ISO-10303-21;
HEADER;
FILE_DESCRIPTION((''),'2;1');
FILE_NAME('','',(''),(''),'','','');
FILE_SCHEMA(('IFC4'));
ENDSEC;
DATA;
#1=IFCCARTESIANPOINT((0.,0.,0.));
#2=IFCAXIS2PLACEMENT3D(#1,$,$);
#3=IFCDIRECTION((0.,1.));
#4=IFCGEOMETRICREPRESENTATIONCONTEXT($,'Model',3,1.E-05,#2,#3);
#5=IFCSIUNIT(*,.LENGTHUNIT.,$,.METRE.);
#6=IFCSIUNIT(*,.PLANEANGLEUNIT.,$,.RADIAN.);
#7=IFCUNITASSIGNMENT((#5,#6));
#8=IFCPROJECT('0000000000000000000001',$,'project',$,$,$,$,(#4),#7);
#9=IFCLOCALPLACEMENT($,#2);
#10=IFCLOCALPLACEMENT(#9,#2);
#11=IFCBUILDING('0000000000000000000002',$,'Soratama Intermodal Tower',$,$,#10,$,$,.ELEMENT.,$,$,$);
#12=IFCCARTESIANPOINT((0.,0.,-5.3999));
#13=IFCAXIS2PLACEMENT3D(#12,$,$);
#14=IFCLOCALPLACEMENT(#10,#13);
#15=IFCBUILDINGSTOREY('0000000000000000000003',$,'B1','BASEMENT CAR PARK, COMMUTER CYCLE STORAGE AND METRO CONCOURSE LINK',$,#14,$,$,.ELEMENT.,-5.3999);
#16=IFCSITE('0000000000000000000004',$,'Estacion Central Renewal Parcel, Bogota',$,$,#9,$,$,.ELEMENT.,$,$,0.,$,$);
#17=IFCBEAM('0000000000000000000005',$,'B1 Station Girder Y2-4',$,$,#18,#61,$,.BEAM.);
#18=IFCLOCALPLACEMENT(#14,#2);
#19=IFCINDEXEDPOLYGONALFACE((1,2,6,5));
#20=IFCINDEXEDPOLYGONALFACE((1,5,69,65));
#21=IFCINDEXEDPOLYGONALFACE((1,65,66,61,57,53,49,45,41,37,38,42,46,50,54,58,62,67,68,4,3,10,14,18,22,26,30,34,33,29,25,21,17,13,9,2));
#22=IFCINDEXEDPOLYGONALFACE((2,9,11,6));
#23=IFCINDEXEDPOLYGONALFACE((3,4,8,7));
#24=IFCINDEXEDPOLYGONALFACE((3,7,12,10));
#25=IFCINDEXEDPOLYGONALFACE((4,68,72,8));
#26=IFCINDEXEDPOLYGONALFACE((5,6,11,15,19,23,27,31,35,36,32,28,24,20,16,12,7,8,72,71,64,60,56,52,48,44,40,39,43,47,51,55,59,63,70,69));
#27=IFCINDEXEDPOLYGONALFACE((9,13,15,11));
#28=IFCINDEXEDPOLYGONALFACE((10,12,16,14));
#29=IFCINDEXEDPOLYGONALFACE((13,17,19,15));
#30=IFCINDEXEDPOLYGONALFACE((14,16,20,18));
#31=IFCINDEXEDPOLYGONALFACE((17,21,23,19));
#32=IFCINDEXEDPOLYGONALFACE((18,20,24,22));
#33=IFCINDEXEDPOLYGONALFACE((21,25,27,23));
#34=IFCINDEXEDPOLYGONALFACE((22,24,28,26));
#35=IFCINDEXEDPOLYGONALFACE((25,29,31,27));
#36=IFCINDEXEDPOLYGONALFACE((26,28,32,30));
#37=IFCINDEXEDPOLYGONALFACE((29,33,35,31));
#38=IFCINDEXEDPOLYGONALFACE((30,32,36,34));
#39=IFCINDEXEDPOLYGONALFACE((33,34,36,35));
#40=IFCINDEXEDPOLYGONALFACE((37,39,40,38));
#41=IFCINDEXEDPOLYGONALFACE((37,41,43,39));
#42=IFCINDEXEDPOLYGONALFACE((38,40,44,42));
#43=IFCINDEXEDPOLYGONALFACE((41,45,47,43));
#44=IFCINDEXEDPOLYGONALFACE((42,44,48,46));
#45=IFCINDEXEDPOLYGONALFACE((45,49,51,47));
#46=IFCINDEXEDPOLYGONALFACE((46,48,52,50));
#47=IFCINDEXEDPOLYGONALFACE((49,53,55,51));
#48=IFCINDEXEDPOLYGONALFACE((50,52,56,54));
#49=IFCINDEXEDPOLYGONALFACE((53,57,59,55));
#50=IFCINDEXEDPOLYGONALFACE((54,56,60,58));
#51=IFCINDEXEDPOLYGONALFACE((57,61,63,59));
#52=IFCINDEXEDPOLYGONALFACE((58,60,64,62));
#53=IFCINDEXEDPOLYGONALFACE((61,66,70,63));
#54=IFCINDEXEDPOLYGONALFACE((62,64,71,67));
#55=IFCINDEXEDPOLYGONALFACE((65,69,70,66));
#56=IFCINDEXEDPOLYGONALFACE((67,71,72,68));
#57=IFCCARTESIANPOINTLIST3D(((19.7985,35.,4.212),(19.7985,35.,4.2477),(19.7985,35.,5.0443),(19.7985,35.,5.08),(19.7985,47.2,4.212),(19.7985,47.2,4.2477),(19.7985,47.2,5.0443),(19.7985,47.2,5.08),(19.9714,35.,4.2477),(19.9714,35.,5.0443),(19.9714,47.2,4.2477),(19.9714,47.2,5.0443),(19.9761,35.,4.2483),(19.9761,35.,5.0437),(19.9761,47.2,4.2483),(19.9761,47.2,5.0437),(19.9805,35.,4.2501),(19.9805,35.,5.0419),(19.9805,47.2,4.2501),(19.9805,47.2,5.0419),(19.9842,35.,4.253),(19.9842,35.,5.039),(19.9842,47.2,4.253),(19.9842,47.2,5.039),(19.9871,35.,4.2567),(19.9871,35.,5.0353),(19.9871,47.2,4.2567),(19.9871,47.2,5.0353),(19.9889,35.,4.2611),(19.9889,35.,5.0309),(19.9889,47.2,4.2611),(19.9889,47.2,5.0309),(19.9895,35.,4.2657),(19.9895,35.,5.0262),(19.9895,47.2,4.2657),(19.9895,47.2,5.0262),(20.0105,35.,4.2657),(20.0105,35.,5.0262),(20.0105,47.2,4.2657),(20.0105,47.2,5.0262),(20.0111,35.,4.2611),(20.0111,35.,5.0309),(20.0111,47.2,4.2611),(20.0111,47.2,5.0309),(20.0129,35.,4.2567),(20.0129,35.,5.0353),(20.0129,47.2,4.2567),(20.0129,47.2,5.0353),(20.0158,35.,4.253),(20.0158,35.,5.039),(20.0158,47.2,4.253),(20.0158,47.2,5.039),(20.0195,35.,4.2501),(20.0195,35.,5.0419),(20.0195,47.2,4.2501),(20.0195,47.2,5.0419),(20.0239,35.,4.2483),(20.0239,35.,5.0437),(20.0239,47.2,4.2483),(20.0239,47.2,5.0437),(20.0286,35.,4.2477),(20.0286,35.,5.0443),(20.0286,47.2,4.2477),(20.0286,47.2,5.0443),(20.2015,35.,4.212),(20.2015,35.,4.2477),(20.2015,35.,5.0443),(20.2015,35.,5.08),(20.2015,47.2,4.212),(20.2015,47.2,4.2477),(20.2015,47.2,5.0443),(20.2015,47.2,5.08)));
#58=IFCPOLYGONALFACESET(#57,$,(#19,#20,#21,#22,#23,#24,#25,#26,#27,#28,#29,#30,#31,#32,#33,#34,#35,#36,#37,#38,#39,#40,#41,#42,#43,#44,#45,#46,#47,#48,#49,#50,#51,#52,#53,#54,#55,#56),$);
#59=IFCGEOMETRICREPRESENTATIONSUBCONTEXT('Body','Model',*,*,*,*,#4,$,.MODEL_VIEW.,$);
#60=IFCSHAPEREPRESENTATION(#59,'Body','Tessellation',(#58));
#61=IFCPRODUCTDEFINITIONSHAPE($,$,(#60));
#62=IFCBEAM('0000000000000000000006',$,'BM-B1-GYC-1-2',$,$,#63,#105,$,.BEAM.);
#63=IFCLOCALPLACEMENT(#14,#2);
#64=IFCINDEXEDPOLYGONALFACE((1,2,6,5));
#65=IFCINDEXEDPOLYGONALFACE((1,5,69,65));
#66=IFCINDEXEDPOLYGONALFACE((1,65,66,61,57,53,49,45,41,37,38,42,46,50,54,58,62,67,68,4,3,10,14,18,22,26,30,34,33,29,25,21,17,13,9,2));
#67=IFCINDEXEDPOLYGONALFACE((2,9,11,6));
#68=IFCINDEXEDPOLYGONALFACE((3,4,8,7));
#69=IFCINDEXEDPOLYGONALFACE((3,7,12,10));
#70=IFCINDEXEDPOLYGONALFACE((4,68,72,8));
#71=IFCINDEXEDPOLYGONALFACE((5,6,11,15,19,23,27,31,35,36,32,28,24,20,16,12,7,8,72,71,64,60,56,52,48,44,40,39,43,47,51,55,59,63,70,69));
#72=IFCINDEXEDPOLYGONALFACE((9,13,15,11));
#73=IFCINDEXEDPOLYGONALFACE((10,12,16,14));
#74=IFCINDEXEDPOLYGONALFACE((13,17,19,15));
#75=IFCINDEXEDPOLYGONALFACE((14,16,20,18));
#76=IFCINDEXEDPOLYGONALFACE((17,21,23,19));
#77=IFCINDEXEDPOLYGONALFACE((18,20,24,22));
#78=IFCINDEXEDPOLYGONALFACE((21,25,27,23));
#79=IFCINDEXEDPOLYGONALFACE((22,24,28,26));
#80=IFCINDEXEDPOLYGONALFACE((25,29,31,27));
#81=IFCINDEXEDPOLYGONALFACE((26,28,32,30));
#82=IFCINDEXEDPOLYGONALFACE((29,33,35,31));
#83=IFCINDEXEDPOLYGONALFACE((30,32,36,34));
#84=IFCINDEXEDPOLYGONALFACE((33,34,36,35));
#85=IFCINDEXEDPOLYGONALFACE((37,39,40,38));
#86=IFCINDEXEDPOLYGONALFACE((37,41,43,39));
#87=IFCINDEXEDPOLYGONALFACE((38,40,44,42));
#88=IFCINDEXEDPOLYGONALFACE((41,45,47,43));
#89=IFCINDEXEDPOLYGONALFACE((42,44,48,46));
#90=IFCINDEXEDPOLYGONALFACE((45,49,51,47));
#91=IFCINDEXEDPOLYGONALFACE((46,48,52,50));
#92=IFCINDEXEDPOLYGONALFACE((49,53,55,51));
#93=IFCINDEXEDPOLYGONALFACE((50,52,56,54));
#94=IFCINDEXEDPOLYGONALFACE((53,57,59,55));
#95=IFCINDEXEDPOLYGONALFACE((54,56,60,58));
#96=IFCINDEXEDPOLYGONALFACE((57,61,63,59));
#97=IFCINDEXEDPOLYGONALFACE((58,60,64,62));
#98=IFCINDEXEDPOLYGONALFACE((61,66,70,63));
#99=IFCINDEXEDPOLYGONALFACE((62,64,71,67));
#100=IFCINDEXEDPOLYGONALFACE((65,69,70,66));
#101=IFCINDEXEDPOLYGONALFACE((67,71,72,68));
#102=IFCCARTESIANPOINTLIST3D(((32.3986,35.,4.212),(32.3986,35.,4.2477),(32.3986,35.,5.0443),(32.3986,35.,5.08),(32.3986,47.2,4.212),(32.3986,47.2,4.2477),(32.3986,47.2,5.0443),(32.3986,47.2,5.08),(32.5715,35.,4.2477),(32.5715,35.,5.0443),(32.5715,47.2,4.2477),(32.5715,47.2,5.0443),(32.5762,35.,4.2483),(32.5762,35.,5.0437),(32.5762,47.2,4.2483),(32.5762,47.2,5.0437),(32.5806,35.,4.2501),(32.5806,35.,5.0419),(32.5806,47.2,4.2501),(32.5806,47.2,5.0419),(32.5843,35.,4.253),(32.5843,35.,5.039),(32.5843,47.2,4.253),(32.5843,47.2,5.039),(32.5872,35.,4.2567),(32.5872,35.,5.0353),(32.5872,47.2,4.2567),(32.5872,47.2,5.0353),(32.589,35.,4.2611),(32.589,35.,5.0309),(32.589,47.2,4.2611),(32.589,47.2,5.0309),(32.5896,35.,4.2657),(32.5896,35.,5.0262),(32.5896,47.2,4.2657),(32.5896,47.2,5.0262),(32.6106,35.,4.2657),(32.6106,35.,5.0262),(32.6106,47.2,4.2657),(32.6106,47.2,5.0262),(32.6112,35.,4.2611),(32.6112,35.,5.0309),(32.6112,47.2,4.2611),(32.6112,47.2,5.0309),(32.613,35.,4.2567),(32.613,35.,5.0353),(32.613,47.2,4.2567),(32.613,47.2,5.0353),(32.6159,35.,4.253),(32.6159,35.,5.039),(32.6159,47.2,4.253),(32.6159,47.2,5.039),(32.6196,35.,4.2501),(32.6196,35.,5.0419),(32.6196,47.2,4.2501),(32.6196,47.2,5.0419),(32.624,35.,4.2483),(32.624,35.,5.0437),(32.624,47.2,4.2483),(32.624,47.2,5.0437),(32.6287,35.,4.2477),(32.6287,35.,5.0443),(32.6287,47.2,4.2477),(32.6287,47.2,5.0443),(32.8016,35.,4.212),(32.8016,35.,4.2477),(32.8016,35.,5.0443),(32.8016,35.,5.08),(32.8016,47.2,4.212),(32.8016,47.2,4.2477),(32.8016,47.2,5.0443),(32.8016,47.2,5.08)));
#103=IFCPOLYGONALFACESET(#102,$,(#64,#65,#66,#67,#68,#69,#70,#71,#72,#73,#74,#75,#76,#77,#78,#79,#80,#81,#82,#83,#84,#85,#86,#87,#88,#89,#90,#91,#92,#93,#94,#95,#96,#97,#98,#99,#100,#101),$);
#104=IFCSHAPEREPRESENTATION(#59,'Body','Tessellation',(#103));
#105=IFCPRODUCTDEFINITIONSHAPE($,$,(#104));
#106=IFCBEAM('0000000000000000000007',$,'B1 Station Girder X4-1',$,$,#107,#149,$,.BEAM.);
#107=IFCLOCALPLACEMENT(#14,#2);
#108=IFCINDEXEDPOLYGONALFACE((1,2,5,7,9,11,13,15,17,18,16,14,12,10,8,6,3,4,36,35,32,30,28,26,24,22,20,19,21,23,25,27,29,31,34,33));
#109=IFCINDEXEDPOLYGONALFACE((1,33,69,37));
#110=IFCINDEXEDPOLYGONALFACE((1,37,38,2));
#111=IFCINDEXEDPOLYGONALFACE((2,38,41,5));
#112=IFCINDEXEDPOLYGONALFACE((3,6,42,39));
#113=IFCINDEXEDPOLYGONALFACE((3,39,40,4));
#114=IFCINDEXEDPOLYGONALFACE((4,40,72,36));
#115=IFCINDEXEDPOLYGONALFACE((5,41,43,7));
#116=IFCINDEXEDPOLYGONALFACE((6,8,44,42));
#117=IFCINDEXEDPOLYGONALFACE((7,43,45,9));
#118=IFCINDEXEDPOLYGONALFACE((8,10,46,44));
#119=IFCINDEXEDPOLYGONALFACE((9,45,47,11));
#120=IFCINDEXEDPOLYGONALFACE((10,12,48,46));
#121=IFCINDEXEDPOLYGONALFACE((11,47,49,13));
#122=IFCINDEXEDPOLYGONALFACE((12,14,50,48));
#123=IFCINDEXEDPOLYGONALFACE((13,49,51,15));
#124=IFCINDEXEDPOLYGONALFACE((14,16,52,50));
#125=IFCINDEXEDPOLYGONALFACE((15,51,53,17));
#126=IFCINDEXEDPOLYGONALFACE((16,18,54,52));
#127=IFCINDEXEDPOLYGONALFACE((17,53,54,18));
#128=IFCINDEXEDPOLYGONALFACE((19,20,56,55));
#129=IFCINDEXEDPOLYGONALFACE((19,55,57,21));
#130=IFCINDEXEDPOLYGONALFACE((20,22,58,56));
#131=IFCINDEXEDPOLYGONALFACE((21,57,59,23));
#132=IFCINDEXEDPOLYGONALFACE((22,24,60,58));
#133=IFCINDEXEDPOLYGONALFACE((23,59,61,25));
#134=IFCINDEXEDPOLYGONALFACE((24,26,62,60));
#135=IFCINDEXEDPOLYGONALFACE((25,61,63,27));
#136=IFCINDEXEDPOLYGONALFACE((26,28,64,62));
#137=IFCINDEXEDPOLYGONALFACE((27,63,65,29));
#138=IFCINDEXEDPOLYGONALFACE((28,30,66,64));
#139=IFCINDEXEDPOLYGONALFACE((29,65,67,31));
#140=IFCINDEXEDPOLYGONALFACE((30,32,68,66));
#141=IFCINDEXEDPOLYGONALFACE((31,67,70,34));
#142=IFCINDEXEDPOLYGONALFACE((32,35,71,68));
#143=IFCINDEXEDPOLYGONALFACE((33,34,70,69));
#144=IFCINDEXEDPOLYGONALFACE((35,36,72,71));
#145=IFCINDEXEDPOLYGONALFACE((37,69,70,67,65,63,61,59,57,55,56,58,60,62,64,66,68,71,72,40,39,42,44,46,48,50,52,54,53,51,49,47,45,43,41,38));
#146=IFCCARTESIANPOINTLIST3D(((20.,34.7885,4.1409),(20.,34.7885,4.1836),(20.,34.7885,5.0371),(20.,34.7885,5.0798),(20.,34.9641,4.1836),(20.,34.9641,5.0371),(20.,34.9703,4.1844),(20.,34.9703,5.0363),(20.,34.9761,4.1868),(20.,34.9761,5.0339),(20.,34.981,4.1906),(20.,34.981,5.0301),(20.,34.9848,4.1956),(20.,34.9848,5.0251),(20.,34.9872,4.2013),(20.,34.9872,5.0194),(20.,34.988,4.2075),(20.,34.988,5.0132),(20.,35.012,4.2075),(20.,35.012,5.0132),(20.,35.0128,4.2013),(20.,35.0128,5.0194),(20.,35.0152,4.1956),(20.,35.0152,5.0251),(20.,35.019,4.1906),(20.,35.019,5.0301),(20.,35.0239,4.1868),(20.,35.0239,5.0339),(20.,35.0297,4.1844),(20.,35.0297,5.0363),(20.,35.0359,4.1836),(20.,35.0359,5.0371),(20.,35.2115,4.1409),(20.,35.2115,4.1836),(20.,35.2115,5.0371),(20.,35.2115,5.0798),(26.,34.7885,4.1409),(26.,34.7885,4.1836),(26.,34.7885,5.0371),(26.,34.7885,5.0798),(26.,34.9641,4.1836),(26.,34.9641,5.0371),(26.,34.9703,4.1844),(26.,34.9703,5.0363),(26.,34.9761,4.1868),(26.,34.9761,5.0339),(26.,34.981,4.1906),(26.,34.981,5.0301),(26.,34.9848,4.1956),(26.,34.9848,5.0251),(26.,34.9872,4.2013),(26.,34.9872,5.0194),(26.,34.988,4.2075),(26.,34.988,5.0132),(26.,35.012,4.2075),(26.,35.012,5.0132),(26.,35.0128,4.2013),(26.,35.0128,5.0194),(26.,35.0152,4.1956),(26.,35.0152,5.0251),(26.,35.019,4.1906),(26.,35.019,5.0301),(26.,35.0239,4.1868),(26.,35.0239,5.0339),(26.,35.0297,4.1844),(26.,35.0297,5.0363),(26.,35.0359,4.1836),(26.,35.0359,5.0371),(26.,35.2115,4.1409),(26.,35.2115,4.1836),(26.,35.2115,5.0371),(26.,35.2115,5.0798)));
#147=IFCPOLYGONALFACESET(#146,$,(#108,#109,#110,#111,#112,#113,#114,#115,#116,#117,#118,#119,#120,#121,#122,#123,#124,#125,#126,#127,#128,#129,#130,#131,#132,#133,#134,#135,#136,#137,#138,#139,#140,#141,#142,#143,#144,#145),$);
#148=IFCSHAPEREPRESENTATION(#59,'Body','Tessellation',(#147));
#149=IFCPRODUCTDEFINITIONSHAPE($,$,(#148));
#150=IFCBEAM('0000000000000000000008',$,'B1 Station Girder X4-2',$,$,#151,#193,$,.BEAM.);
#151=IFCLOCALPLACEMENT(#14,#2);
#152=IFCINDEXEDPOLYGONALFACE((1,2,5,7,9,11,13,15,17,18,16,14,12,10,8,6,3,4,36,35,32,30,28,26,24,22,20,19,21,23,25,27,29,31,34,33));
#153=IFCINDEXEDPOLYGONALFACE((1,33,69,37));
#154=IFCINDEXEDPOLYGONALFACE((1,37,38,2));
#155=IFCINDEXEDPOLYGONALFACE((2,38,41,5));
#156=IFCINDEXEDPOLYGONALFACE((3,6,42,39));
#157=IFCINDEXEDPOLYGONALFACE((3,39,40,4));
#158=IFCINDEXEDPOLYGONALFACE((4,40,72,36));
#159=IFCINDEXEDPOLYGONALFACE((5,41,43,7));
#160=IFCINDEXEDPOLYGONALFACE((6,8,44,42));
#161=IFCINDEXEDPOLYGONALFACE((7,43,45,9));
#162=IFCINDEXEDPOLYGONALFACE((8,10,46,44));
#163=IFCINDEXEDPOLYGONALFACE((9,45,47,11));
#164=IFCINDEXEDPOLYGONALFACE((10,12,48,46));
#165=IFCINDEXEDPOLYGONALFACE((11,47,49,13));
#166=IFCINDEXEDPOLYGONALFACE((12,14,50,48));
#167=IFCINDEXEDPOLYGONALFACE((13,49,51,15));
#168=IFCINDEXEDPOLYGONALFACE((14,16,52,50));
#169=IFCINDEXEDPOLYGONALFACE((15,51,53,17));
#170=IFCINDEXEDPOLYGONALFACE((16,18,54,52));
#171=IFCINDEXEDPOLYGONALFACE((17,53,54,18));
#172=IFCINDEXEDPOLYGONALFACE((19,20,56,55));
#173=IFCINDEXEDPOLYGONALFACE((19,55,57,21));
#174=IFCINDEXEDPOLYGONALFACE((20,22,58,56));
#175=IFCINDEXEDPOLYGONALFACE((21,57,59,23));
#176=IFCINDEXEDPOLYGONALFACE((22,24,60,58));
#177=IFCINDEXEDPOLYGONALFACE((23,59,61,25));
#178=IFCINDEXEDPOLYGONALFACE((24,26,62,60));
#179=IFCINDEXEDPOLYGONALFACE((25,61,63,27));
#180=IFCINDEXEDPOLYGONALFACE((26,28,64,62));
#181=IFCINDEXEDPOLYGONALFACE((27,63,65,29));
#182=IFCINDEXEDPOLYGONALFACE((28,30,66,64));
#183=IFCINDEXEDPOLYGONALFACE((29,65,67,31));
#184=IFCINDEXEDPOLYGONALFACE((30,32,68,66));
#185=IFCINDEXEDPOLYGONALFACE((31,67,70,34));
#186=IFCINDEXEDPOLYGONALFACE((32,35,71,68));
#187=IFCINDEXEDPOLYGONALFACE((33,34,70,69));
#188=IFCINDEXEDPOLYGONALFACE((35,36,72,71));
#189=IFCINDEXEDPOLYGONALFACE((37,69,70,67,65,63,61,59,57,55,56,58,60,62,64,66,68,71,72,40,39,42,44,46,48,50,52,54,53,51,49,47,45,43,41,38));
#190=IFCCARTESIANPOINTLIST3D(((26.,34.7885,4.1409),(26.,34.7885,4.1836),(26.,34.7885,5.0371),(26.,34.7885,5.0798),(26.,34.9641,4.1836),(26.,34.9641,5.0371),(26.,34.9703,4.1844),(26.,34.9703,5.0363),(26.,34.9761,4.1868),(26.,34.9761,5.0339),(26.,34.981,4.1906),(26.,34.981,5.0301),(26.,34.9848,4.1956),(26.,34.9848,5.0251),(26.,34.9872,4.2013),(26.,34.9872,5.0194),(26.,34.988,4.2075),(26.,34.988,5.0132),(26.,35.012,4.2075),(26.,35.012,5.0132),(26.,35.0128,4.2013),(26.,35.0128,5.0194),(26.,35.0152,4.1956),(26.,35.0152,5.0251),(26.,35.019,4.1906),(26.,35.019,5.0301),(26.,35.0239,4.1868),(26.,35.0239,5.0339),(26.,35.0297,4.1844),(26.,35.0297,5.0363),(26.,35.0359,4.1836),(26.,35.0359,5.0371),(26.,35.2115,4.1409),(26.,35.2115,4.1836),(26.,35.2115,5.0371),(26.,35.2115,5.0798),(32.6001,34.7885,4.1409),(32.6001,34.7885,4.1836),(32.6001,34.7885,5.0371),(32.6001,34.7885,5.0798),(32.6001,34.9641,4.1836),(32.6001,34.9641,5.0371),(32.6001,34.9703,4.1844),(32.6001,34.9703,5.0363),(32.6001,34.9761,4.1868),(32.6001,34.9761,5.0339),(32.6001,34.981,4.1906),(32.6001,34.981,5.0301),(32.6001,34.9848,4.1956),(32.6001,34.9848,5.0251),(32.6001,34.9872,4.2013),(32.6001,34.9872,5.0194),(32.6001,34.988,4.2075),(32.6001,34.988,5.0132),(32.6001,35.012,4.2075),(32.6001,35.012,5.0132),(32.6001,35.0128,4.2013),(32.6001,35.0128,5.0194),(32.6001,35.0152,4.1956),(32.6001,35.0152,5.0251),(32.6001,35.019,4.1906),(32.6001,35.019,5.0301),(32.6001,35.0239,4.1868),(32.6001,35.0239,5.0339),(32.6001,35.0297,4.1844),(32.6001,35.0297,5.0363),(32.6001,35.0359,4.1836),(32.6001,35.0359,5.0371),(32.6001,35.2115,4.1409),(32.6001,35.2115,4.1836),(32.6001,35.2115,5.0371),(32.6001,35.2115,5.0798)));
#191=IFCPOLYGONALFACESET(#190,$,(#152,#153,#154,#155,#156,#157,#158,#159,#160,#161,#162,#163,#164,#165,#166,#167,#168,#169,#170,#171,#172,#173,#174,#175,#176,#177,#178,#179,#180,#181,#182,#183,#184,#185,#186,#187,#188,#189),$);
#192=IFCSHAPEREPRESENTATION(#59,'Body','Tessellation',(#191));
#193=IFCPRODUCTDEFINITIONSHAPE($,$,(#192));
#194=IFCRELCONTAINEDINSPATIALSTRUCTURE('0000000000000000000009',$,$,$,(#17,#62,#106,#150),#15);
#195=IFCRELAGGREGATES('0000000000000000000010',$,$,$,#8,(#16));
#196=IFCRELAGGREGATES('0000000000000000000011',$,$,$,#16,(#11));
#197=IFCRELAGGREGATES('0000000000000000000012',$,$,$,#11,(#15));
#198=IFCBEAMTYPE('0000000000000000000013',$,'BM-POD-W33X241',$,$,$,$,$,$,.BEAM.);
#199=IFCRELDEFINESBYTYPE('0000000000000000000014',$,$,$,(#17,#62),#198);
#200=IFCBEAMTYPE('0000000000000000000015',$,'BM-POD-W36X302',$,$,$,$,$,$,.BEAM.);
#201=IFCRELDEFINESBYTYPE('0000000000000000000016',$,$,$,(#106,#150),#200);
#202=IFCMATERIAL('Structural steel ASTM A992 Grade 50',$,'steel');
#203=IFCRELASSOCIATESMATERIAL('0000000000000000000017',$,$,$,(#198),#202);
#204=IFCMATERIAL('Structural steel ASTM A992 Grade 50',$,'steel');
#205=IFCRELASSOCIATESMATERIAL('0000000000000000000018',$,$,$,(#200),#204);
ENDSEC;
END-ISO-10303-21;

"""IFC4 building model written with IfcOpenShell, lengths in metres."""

from ifc_helpers import new_model, si_unit, direction, frame, origin, origin_2d, place, context, subcontext, project, spatial, i_section, extrude, material, material_profile, profile_set, type_object, element, save


model = new_model("IFC4")

# Units and contexts
model_context = context("Model", 3, precision=1e-05, world=origin(), true_north=direction((0.0, 1.0)))
body_context = subcontext(model_context, "Body", "Model", "MODEL_VIEW")
ifc_project = project(units=[si_unit("LENGTHUNIT", "METRE"), si_unit("PLANEANGLEUNIT", "RADIAN")], contexts=[model_context])

# Site, building, storey
site_placement = place(None, origin())
site = spatial("IfcSite", under=ifc_project, at=site_placement, Name="Estacion Central Renewal Parcel, Bogota", CompositionType="ELEMENT", RefElevation=0.0)
building_placement = place(site_placement, origin())
building = spatial("IfcBuilding", under=site, at=building_placement, Name="Soratama Intermodal Tower", CompositionType="ELEMENT")
storey_placement = place(building_placement, frame((0.0, 0.0, -5.3999)))
storey = spatial("IfcBuildingStorey", under=building, at=storey_placement, Name="B1", Description="BASEMENT CAR PARK, COMMUTER CYCLE STORAGE AND METRO CONCOURSE LINK", CompositionType="ELEMENT", Elevation=-5.3999)

# Beams
ifc_material_1 = material(Name="Structural steel ASTM A992 Grade 50", Category="steel")
ifc_material_profile_1 = material_profile(ifc_material_1, i_section(OverallWidth=0.4031, OverallDepth=0.8679, WebThickness=0.021, FlangeThickness=0.0356, FilletRadius=0.0181, at=origin_2d()), Name="W33X241")
ifc_profile_set_1 = profile_set([ifc_material_profile_1], Name="Structural steel ASTM A992 Grade 50")
beam_type_1 = type_object("IfcBeamType", Name="BM-POD-W33X241", PredefinedType="BEAM", material=ifc_profile_set_1)
for number, where, z_axis, x_axis, name in (
    (1, (20.0, 35.0, 4.646), (0.0, 1.0, 0.0), (-1.0, 0.0, 0.0), "B1 Station Girder Y2-4"),
    (2, (32.6001, 35.0, 4.646), (0.0, 1.0, 0.0), (-1.0, 0.0, 0.0), "BM-B1-GYC-1-2"),
):
    element("IfcBeam", number, at=place(storey_placement, frame(where, z_axis=z_axis, x_axis=x_axis)), inside=storey, type_object=beam_type_1, Name=name, PredefinedType="BEAM", context=body_context, shape_type="SweptSolid", body=[
        extrude(i_section(OverallWidth=0.4031, OverallDepth=0.8679, WebThickness=0.021, FlangeThickness=0.0356, FilletRadius=0.0181, at=origin_2d()), origin(), (0.0, 0.0, 1.0), 12.2),
    ])
ifc_material_2 = material(Name="Structural steel ASTM A992 Grade 50", Category="steel")
ifc_material_profile_2 = material_profile(ifc_material_2, i_section(OverallWidth=0.4231, OverallDepth=0.939, WebThickness=0.0239, FlangeThickness=0.0427, FilletRadius=0.0239, at=origin_2d()), Name="W36X302")
ifc_profile_set_2 = profile_set([ifc_material_profile_2], Name="Structural steel ASTM A992 Grade 50")
beam_type_2 = type_object("IfcBeamType", Name="BM-POD-W36X302", PredefinedType="BEAM", material=ifc_profile_set_2)
beam_1_placement = place(storey_placement, frame((20.0, 35.0, 4.6104), z_axis=(1.0, 0.0, 0.0), x_axis=(0.0, 1.0, 0.0)))
element("IfcBeam", 3, at=beam_1_placement, inside=storey, type_object=beam_type_2, Name="B1 Station Girder X4-1", PredefinedType="BEAM", context=body_context, shape_type="SweptSolid", body=[
    extrude(i_section(OverallWidth=0.4231, OverallDepth=0.939, WebThickness=0.0239, FlangeThickness=0.0427, FilletRadius=0.0239, at=origin_2d()), origin(), (0.0, 0.0, 1.0), 6.0),
])
beam_2_placement = place(storey_placement, frame((26.0, 35.0, 4.6104), z_axis=(1.0, 0.0, 0.0), x_axis=(0.0, 1.0, 0.0)))
element("IfcBeam", 4, at=beam_2_placement, inside=storey, type_object=beam_type_2, Name="B1 Station Girder X4-2", PredefinedType="BEAM", context=body_context, shape_type="SweptSolid", body=[
    extrude(i_section(OverallWidth=0.4231, OverallDepth=0.939, WebThickness=0.0239, FlangeThickness=0.0427, FilletRadius=0.0239, at=origin_2d()), origin(), (0.0, 0.0, 1.0), 6.6001),
])

save(model, "model.ifc")
